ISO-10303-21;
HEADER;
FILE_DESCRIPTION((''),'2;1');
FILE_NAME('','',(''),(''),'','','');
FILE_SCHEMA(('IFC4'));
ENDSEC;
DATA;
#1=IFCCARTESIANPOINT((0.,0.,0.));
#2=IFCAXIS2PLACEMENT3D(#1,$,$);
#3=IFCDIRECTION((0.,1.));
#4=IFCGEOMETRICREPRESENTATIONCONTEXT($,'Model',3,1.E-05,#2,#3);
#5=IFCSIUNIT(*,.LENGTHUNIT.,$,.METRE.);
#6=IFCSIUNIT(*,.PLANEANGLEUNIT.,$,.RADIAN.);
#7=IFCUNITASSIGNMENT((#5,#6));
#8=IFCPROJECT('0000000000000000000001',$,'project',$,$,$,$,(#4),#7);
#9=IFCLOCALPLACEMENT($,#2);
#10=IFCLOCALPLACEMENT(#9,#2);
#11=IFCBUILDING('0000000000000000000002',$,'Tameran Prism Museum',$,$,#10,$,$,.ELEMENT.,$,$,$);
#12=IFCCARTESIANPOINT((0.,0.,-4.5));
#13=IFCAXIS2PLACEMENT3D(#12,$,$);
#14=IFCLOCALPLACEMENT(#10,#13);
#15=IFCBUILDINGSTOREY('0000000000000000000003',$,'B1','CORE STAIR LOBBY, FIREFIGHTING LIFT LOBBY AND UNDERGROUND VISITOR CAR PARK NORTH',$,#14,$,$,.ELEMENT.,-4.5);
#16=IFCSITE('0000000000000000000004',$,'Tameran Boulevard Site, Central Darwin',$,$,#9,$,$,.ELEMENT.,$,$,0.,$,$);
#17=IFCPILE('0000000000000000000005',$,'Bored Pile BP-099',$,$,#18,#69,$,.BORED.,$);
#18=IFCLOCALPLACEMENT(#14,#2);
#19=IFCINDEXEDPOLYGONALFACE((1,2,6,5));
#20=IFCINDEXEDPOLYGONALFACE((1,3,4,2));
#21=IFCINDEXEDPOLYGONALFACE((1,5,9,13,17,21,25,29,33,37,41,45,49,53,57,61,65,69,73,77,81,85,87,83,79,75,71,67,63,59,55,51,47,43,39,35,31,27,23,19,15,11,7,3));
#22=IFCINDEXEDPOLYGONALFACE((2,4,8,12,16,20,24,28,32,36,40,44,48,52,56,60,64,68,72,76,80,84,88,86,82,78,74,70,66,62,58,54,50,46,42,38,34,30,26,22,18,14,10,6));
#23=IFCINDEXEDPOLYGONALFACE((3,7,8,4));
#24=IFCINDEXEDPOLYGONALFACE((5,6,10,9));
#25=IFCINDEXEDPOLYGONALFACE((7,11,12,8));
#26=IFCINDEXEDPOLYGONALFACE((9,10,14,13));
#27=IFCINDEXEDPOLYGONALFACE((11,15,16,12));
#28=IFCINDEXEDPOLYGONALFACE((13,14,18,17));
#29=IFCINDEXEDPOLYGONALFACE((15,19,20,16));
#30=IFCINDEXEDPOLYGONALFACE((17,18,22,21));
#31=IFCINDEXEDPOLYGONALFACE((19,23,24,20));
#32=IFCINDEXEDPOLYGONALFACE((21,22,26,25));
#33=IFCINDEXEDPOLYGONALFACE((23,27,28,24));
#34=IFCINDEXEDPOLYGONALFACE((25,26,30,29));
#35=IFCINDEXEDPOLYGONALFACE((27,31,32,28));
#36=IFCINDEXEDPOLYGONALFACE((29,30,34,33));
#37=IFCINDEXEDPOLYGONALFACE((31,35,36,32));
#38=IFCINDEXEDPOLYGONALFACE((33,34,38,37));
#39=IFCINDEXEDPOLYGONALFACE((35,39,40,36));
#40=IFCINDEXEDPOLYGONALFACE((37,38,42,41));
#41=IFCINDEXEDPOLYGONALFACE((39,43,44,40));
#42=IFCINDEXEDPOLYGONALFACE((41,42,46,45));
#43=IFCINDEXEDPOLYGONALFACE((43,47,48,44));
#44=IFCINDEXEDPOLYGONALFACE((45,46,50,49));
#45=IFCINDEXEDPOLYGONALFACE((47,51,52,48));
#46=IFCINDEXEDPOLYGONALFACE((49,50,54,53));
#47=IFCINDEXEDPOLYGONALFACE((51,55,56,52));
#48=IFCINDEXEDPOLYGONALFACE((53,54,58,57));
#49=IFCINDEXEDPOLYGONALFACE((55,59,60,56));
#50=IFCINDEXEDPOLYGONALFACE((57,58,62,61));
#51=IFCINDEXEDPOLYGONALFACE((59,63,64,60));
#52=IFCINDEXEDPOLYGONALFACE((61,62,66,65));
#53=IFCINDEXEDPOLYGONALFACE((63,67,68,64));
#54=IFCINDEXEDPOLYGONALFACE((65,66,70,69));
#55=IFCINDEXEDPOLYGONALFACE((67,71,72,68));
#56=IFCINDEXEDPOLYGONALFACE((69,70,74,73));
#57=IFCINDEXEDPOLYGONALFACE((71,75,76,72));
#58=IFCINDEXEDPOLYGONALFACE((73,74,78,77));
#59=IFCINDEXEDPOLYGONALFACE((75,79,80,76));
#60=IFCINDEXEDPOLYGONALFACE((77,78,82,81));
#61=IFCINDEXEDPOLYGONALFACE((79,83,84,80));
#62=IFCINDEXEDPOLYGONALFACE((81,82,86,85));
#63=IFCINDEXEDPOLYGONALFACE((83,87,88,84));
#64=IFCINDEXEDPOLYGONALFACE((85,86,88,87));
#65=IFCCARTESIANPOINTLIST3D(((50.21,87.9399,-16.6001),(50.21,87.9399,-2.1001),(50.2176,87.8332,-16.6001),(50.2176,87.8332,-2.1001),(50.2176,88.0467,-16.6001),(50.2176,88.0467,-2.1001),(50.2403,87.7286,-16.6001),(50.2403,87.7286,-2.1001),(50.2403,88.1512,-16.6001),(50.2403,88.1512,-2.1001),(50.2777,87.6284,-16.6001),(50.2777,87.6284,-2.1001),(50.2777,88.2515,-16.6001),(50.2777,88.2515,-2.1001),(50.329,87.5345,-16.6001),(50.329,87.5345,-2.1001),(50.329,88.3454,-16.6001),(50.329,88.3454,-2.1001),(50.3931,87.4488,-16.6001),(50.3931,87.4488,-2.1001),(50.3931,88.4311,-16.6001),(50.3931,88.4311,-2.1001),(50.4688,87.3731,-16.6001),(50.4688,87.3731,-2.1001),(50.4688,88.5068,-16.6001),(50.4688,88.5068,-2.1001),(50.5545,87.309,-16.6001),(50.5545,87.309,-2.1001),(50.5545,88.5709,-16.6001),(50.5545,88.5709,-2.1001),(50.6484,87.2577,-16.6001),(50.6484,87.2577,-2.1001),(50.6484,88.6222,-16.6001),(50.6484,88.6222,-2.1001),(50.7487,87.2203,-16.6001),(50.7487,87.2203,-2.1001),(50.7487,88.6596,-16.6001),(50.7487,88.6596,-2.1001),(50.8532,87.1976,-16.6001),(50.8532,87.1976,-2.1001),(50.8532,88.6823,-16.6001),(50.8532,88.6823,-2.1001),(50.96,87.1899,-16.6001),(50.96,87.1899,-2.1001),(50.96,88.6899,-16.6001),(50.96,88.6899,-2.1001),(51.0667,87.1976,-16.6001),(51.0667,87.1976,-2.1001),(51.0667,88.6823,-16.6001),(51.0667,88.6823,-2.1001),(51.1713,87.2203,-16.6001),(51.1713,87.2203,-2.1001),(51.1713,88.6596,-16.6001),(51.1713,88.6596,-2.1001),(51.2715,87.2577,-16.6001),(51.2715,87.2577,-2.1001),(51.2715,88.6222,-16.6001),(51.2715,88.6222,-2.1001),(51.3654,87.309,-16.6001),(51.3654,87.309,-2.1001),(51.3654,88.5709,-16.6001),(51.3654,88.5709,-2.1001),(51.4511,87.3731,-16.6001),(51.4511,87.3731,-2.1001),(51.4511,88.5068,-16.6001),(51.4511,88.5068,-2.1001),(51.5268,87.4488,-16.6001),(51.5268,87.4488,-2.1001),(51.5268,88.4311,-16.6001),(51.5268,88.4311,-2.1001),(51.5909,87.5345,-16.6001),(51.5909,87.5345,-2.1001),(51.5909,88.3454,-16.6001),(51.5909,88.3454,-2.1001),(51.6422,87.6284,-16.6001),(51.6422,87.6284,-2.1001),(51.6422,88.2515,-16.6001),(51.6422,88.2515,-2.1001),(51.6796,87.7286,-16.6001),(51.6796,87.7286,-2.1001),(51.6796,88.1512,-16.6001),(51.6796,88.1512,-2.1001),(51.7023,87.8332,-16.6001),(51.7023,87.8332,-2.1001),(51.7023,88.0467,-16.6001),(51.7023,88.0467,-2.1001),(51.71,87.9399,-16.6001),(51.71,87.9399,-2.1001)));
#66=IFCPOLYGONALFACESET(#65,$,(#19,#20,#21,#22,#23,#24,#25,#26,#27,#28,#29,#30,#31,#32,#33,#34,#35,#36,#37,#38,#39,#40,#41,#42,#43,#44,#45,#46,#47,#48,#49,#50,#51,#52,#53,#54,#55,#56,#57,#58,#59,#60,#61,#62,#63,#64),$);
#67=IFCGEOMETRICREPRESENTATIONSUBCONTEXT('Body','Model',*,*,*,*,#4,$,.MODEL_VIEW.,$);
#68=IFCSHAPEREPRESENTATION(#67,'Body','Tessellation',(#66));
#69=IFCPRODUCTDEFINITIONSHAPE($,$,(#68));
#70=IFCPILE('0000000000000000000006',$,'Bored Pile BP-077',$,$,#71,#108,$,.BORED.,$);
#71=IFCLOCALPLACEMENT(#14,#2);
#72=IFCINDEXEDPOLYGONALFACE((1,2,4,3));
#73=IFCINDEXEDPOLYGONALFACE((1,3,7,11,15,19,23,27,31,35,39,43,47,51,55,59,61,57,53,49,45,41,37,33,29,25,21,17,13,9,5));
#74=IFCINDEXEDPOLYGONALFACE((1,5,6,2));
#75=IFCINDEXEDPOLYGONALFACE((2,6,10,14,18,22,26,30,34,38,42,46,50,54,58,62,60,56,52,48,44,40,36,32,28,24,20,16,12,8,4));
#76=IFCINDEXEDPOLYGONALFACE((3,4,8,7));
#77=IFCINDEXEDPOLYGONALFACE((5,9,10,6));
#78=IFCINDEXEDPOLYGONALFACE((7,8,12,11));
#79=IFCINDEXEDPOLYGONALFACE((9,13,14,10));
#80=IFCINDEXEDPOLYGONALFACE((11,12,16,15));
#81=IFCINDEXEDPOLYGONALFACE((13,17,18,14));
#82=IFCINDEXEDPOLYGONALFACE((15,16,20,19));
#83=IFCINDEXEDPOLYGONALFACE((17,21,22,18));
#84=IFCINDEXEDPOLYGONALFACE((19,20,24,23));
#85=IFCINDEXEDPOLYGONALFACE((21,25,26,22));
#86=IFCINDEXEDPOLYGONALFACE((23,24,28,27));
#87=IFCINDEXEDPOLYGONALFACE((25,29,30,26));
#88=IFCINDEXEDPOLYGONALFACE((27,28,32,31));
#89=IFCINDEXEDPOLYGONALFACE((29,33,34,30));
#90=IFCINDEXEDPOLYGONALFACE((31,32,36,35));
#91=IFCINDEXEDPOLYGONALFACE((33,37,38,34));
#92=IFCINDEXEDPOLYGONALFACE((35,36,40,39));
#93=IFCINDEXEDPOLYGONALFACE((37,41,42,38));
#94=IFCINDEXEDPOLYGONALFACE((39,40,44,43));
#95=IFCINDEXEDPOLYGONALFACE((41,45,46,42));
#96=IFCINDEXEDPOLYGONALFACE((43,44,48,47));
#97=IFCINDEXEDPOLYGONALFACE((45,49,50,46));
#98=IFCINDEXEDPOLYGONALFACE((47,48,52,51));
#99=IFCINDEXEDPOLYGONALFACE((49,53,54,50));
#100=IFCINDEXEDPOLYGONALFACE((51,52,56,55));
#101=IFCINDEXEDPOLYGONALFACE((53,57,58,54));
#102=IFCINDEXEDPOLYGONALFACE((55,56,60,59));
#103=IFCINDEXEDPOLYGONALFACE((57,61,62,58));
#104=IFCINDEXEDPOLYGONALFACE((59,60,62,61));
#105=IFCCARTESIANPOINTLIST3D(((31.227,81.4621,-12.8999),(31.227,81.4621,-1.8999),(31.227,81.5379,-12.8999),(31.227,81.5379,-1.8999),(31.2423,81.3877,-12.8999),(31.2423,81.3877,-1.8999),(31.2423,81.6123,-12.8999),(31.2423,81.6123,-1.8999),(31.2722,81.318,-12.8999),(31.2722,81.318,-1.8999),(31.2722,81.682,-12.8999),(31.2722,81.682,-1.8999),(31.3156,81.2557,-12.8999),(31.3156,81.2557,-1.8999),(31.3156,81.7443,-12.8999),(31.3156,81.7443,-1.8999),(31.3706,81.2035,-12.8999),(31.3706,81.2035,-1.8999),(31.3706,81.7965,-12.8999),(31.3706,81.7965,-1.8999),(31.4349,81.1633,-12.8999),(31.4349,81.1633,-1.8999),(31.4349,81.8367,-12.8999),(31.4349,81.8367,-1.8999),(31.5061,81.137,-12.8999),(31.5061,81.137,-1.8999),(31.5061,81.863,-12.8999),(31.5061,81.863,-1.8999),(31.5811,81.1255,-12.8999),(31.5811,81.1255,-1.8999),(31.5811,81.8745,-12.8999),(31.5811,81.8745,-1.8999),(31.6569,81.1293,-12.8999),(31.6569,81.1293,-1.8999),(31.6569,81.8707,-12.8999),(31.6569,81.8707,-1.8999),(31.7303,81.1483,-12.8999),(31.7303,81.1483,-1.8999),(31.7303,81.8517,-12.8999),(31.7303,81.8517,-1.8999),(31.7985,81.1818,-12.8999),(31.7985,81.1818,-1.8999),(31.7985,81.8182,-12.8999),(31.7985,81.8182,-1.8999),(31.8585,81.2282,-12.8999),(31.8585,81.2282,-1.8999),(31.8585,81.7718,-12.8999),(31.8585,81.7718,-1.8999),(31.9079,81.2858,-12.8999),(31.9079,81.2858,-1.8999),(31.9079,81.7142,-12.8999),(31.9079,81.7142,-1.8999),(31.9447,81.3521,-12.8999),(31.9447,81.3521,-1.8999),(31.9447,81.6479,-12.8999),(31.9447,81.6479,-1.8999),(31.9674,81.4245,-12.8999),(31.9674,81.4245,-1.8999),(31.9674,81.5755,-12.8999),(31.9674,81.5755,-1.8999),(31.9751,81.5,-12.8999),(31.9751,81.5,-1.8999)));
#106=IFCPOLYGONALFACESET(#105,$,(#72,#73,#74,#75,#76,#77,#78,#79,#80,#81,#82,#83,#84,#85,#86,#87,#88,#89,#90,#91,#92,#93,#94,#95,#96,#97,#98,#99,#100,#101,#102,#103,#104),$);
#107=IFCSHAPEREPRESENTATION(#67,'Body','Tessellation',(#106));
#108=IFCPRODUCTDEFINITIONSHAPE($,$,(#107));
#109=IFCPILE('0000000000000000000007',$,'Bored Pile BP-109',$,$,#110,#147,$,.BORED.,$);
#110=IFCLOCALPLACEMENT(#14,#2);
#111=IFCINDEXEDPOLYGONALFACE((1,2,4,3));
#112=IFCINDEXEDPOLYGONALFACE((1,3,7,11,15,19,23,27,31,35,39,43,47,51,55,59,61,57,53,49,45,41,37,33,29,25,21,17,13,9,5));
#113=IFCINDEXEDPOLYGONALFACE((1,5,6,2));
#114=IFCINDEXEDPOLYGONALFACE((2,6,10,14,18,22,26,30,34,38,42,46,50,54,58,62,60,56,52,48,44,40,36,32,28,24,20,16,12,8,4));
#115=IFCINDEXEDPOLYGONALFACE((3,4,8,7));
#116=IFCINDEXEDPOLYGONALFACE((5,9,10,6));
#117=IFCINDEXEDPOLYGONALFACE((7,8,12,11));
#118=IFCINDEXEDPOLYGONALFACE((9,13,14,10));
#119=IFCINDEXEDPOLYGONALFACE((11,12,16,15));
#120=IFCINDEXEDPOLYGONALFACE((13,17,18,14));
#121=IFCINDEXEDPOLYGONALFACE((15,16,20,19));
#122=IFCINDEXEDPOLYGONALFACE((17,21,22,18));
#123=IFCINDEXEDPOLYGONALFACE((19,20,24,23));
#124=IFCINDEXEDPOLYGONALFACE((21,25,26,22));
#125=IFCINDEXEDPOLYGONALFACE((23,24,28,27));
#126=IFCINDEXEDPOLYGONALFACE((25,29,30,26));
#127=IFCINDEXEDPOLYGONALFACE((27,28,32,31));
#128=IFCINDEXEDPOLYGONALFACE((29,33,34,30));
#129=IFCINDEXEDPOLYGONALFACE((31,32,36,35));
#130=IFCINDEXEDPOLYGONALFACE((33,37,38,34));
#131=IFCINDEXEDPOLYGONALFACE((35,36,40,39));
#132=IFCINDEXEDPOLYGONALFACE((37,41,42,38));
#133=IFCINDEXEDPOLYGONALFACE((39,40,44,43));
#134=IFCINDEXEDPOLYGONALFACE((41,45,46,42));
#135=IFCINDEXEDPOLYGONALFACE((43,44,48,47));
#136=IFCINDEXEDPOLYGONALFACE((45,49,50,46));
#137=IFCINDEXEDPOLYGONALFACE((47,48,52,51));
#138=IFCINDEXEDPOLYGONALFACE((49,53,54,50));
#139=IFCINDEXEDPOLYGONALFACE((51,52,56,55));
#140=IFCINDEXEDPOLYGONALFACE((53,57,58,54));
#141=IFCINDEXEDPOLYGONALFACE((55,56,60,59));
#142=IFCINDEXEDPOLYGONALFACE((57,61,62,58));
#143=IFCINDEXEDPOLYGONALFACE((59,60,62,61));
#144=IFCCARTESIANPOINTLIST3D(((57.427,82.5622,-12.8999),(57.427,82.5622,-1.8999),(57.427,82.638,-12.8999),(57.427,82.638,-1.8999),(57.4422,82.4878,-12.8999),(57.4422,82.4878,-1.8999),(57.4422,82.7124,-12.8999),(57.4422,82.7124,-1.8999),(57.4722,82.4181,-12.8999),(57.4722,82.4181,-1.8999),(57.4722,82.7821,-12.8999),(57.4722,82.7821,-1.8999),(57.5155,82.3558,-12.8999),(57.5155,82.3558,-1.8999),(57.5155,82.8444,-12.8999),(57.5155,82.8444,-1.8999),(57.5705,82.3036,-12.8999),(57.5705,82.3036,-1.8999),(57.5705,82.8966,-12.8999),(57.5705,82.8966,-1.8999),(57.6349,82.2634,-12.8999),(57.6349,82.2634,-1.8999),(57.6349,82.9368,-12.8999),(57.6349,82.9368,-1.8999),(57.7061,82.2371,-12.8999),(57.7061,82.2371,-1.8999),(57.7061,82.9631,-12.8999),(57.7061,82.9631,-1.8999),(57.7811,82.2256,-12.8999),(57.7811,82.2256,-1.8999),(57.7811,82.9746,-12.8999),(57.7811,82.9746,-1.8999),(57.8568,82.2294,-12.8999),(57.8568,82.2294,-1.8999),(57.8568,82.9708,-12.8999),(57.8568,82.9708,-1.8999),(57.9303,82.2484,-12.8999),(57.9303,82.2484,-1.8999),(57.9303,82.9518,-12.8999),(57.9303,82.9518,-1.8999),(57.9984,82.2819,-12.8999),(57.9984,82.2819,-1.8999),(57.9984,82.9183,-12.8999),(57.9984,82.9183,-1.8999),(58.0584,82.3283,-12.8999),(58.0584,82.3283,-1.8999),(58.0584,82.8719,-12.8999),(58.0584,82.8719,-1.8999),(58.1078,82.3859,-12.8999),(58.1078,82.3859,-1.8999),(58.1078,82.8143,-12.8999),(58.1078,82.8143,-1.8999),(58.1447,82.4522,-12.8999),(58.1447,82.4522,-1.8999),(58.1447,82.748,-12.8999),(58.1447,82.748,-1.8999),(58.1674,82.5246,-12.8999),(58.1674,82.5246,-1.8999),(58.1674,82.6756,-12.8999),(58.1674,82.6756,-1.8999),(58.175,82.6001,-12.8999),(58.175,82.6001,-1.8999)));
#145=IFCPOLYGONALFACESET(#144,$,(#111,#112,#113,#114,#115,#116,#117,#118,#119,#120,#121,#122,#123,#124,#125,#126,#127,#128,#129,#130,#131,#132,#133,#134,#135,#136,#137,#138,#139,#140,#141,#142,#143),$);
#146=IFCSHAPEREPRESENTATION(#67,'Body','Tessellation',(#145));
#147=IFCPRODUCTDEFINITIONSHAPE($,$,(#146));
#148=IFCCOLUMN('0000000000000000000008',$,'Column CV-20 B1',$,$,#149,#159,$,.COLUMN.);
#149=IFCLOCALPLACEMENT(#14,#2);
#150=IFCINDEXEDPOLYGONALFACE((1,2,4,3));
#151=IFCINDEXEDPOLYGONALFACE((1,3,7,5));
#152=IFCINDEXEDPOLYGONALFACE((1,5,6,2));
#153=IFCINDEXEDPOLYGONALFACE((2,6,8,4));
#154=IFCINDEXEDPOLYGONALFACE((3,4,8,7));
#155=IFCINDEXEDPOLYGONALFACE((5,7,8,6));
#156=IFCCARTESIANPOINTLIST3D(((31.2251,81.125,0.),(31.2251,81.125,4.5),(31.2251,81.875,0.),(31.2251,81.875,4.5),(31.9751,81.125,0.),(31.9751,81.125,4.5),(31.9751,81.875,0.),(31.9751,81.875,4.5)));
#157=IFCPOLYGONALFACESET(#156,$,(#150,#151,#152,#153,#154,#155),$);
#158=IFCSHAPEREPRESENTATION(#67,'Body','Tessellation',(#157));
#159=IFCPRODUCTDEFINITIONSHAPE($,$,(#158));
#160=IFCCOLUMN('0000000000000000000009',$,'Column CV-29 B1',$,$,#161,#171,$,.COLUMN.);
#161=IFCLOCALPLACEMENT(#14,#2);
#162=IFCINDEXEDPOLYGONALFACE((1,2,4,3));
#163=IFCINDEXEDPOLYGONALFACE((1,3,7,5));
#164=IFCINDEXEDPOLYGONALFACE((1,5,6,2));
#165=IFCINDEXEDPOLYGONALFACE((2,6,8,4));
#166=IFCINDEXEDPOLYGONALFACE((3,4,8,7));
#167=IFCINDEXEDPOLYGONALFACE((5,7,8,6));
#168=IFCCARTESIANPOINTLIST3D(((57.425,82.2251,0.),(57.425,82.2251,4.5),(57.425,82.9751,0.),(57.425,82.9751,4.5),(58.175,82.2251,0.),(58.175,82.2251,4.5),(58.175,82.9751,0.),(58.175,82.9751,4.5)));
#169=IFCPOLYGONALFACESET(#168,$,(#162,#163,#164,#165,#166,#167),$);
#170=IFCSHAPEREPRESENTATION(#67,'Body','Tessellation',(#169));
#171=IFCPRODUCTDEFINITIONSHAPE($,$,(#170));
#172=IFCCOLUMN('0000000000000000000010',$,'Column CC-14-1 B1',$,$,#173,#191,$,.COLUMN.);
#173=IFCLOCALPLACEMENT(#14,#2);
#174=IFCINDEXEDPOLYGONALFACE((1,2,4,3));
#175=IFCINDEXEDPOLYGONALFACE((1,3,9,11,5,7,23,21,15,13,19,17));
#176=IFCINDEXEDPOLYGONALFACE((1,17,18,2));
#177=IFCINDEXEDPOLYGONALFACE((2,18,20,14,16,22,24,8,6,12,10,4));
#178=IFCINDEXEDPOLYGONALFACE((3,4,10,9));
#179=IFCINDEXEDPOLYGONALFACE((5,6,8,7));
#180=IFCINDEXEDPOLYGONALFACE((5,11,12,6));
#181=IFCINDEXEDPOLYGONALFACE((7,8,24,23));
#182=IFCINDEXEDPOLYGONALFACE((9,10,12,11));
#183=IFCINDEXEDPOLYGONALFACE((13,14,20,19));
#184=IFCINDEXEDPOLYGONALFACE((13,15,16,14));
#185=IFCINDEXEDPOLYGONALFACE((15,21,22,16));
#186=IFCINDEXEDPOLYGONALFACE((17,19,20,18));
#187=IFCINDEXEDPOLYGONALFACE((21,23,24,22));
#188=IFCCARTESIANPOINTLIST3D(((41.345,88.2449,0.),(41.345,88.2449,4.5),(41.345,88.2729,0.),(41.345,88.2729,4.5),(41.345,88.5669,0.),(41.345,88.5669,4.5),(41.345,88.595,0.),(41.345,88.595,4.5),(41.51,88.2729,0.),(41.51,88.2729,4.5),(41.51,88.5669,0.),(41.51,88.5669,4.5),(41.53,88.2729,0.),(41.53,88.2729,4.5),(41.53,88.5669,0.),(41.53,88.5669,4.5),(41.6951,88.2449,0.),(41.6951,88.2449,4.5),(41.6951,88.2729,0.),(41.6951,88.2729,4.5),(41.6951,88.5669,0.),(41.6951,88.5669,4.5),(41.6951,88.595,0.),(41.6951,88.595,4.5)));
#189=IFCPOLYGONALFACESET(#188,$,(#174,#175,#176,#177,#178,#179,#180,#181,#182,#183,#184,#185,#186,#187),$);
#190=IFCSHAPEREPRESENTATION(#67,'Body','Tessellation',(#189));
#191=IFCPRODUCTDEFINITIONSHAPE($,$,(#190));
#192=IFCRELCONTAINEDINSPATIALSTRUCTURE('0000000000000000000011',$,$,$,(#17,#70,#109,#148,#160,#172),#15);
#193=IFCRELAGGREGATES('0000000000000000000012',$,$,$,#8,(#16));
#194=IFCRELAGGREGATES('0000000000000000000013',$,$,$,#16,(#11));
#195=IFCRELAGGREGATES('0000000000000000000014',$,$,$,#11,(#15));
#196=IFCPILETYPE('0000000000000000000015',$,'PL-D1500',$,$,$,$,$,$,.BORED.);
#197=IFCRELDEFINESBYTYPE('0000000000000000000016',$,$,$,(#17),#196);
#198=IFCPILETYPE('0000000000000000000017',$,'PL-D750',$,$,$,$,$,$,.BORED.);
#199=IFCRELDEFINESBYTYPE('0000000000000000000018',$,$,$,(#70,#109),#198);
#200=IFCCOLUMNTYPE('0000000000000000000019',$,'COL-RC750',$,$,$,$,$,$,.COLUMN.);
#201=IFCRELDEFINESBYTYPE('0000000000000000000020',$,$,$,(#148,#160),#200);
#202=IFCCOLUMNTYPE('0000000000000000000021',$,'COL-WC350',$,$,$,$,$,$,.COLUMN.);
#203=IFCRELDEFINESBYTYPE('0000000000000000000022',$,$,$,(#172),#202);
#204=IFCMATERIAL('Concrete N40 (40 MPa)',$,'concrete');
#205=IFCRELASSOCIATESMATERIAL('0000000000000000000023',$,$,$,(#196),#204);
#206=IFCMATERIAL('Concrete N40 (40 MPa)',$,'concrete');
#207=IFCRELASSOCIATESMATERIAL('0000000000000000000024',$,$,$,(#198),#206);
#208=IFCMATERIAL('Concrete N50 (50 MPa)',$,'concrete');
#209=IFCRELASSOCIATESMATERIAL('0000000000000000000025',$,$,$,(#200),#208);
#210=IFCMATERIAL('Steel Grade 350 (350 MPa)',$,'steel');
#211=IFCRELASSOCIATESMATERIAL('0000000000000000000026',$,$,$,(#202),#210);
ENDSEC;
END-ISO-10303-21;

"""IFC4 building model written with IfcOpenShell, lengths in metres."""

from ifc_helpers import new_model, si_unit, direction, frame, origin, origin_2d, place, context, subcontext, project, spatial, rectangle, circle, i_section, extrude, material, material_profile, profile_set, type_object, element, save


model = new_model("IFC4")

# Units and contexts
model_context = context("Model", 3, precision=1e-05, world=origin(), true_north=direction((0.0, 1.0)))
body_context = subcontext(model_context, "Body", "Model", "MODEL_VIEW")
ifc_project = project(units=[si_unit("LENGTHUNIT", "METRE"), si_unit("PLANEANGLEUNIT", "RADIAN")], contexts=[model_context])

# Site, building, storey
site_placement = place(None, origin())
site = spatial("IfcSite", under=ifc_project, at=site_placement, Name="Tameran Boulevard Site, Central Darwin", CompositionType="ELEMENT", RefElevation=0.0)
building_placement = place(site_placement, origin())
building = spatial("IfcBuilding", under=site, at=building_placement, Name="Tameran Prism Museum", CompositionType="ELEMENT")
storey_placement = place(building_placement, frame((0.0, 0.0, -4.5)))
storey = spatial("IfcBuildingStorey", under=building, at=storey_placement, Name="B1", Description="CORE STAIR LOBBY, FIREFIGHTING LIFT LOBBY AND UNDERGROUND VISITOR CAR PARK NORTH", CompositionType="ELEMENT", Elevation=-4.5)

# Piles
ifc_material_1 = material(Name="Concrete N40 (40 MPa)", Category="concrete")
ifc_material_profile_1 = material_profile(ifc_material_1, circle(Radius=0.75, at=origin_2d()))
ifc_profile_set_1 = profile_set([ifc_material_profile_1])
pile_type_1 = type_object("IfcPileType", Name="PL-D1500", PredefinedType="BORED", material=ifc_profile_set_1)
for number, where, z_axis, x_axis, name in (
    (1, (50.96, 87.9399, -2.1001), (0.0, 0.0, -1.0), (1.0, 0.0, 0.0), "Bored Pile BP-099"),
):
    element("IfcPile", number, at=place(storey_placement, frame(where, z_axis=z_axis, x_axis=x_axis)), inside=storey, type_object=pile_type_1, Name=name, PredefinedType="BORED", context=body_context, shape_type="SweptSolid", body=[
        extrude(circle(Radius=0.75, at=origin_2d()), origin(), (0.0, 0.0, 1.0), 14.5),
    ])
ifc_material_2 = material(Name="Concrete N40 (40 MPa)", Category="concrete")
ifc_material_profile_2 = material_profile(ifc_material_2, circle(Radius=0.375, at=origin_2d()))
ifc_profile_set_2 = profile_set([ifc_material_profile_2])
pile_type_2 = type_object("IfcPileType", Name="PL-D750", PredefinedType="BORED", material=ifc_profile_set_2)
for number, where, z_axis, x_axis, name in (
    (2, (31.6001, 81.5, -1.8999), (0.0, 0.0, -1.0), (1.0, 0.0, 0.0), "Bored Pile BP-077"),
    (3, (57.8, 82.6001, -1.8999), (0.0, 0.0, -1.0), (1.0, 0.0, 0.0), "Bored Pile BP-109"),
):
    element("IfcPile", number, at=place(storey_placement, frame(where, z_axis=z_axis, x_axis=x_axis)), inside=storey, type_object=pile_type_2, Name=name, PredefinedType="BORED", context=body_context, shape_type="SweptSolid", body=[
        extrude(circle(Radius=0.375, at=origin_2d()), origin(), (0.0, 0.0, 1.0), 11.0),
    ])

# Columns
ifc_material_3 = material(Name="Concrete N50 (50 MPa)", Category="concrete")
ifc_material_profile_3 = material_profile(ifc_material_3, rectangle(XDim=0.75, YDim=0.75, at=origin_2d()))
ifc_profile_set_3 = profile_set([ifc_material_profile_3])
column_type_1 = type_object("IfcColumnType", Name="COL-RC750", PredefinedType="COLUMN", material=ifc_profile_set_3)
for number, where, z_axis, x_axis, name in (
    (4, (31.6001, 81.5, 0.0), (0.0, 0.0, 1.0), (1.0, 0.0, 0.0), "Column CV-20 B1"),
    (5, (57.8, 82.6001, 0.0), (0.0, 0.0, 1.0), (1.0, 0.0, 0.0), "Column CV-29 B1"),
):
    element("IfcColumn", number, at=place(storey_placement, frame(where, z_axis=z_axis, x_axis=x_axis)), inside=storey, type_object=column_type_1, Name=name, PredefinedType="COLUMN", context=body_context, shape_type="SweptSolid", body=[
        extrude(rectangle(XDim=0.75, YDim=0.75, at=origin_2d()), origin(), (0.0, 0.0, 1.0), 4.5),
    ])
ifc_material_4 = material(Name="Steel Grade 350 (350 MPa)", Category="steel")
ifc_material_profile_4 = material_profile(ifc_material_4, i_section(OverallWidth=0.3501, OverallDepth=0.3501, WebThickness=0.02, FlangeThickness=0.0281, at=origin_2d()))
ifc_profile_set_4 = profile_set([ifc_material_profile_4])
column_type_2 = type_object("IfcColumnType", Name="COL-WC350", PredefinedType="COLUMN", material=ifc_profile_set_4)
for number, where, z_axis, x_axis, name in (
    (6, (41.52, 88.4199, 0.0), (0.0, 0.0, 1.0), (1.0, 0.0, 0.0), "Column CC-14-1 B1"),
):
    element("IfcColumn", number, at=place(storey_placement, frame(where, z_axis=z_axis, x_axis=x_axis)), inside=storey, type_object=column_type_2, Name=name, PredefinedType="COLUMN", context=body_context, shape_type="SweptSolid", body=[
        extrude(i_section(OverallWidth=0.3501, OverallDepth=0.3501, WebThickness=0.02, FlangeThickness=0.0281, at=origin_2d()), origin(), (0.0, 0.0, 1.0), 4.5),
    ])

save(model, "model.ifc")
